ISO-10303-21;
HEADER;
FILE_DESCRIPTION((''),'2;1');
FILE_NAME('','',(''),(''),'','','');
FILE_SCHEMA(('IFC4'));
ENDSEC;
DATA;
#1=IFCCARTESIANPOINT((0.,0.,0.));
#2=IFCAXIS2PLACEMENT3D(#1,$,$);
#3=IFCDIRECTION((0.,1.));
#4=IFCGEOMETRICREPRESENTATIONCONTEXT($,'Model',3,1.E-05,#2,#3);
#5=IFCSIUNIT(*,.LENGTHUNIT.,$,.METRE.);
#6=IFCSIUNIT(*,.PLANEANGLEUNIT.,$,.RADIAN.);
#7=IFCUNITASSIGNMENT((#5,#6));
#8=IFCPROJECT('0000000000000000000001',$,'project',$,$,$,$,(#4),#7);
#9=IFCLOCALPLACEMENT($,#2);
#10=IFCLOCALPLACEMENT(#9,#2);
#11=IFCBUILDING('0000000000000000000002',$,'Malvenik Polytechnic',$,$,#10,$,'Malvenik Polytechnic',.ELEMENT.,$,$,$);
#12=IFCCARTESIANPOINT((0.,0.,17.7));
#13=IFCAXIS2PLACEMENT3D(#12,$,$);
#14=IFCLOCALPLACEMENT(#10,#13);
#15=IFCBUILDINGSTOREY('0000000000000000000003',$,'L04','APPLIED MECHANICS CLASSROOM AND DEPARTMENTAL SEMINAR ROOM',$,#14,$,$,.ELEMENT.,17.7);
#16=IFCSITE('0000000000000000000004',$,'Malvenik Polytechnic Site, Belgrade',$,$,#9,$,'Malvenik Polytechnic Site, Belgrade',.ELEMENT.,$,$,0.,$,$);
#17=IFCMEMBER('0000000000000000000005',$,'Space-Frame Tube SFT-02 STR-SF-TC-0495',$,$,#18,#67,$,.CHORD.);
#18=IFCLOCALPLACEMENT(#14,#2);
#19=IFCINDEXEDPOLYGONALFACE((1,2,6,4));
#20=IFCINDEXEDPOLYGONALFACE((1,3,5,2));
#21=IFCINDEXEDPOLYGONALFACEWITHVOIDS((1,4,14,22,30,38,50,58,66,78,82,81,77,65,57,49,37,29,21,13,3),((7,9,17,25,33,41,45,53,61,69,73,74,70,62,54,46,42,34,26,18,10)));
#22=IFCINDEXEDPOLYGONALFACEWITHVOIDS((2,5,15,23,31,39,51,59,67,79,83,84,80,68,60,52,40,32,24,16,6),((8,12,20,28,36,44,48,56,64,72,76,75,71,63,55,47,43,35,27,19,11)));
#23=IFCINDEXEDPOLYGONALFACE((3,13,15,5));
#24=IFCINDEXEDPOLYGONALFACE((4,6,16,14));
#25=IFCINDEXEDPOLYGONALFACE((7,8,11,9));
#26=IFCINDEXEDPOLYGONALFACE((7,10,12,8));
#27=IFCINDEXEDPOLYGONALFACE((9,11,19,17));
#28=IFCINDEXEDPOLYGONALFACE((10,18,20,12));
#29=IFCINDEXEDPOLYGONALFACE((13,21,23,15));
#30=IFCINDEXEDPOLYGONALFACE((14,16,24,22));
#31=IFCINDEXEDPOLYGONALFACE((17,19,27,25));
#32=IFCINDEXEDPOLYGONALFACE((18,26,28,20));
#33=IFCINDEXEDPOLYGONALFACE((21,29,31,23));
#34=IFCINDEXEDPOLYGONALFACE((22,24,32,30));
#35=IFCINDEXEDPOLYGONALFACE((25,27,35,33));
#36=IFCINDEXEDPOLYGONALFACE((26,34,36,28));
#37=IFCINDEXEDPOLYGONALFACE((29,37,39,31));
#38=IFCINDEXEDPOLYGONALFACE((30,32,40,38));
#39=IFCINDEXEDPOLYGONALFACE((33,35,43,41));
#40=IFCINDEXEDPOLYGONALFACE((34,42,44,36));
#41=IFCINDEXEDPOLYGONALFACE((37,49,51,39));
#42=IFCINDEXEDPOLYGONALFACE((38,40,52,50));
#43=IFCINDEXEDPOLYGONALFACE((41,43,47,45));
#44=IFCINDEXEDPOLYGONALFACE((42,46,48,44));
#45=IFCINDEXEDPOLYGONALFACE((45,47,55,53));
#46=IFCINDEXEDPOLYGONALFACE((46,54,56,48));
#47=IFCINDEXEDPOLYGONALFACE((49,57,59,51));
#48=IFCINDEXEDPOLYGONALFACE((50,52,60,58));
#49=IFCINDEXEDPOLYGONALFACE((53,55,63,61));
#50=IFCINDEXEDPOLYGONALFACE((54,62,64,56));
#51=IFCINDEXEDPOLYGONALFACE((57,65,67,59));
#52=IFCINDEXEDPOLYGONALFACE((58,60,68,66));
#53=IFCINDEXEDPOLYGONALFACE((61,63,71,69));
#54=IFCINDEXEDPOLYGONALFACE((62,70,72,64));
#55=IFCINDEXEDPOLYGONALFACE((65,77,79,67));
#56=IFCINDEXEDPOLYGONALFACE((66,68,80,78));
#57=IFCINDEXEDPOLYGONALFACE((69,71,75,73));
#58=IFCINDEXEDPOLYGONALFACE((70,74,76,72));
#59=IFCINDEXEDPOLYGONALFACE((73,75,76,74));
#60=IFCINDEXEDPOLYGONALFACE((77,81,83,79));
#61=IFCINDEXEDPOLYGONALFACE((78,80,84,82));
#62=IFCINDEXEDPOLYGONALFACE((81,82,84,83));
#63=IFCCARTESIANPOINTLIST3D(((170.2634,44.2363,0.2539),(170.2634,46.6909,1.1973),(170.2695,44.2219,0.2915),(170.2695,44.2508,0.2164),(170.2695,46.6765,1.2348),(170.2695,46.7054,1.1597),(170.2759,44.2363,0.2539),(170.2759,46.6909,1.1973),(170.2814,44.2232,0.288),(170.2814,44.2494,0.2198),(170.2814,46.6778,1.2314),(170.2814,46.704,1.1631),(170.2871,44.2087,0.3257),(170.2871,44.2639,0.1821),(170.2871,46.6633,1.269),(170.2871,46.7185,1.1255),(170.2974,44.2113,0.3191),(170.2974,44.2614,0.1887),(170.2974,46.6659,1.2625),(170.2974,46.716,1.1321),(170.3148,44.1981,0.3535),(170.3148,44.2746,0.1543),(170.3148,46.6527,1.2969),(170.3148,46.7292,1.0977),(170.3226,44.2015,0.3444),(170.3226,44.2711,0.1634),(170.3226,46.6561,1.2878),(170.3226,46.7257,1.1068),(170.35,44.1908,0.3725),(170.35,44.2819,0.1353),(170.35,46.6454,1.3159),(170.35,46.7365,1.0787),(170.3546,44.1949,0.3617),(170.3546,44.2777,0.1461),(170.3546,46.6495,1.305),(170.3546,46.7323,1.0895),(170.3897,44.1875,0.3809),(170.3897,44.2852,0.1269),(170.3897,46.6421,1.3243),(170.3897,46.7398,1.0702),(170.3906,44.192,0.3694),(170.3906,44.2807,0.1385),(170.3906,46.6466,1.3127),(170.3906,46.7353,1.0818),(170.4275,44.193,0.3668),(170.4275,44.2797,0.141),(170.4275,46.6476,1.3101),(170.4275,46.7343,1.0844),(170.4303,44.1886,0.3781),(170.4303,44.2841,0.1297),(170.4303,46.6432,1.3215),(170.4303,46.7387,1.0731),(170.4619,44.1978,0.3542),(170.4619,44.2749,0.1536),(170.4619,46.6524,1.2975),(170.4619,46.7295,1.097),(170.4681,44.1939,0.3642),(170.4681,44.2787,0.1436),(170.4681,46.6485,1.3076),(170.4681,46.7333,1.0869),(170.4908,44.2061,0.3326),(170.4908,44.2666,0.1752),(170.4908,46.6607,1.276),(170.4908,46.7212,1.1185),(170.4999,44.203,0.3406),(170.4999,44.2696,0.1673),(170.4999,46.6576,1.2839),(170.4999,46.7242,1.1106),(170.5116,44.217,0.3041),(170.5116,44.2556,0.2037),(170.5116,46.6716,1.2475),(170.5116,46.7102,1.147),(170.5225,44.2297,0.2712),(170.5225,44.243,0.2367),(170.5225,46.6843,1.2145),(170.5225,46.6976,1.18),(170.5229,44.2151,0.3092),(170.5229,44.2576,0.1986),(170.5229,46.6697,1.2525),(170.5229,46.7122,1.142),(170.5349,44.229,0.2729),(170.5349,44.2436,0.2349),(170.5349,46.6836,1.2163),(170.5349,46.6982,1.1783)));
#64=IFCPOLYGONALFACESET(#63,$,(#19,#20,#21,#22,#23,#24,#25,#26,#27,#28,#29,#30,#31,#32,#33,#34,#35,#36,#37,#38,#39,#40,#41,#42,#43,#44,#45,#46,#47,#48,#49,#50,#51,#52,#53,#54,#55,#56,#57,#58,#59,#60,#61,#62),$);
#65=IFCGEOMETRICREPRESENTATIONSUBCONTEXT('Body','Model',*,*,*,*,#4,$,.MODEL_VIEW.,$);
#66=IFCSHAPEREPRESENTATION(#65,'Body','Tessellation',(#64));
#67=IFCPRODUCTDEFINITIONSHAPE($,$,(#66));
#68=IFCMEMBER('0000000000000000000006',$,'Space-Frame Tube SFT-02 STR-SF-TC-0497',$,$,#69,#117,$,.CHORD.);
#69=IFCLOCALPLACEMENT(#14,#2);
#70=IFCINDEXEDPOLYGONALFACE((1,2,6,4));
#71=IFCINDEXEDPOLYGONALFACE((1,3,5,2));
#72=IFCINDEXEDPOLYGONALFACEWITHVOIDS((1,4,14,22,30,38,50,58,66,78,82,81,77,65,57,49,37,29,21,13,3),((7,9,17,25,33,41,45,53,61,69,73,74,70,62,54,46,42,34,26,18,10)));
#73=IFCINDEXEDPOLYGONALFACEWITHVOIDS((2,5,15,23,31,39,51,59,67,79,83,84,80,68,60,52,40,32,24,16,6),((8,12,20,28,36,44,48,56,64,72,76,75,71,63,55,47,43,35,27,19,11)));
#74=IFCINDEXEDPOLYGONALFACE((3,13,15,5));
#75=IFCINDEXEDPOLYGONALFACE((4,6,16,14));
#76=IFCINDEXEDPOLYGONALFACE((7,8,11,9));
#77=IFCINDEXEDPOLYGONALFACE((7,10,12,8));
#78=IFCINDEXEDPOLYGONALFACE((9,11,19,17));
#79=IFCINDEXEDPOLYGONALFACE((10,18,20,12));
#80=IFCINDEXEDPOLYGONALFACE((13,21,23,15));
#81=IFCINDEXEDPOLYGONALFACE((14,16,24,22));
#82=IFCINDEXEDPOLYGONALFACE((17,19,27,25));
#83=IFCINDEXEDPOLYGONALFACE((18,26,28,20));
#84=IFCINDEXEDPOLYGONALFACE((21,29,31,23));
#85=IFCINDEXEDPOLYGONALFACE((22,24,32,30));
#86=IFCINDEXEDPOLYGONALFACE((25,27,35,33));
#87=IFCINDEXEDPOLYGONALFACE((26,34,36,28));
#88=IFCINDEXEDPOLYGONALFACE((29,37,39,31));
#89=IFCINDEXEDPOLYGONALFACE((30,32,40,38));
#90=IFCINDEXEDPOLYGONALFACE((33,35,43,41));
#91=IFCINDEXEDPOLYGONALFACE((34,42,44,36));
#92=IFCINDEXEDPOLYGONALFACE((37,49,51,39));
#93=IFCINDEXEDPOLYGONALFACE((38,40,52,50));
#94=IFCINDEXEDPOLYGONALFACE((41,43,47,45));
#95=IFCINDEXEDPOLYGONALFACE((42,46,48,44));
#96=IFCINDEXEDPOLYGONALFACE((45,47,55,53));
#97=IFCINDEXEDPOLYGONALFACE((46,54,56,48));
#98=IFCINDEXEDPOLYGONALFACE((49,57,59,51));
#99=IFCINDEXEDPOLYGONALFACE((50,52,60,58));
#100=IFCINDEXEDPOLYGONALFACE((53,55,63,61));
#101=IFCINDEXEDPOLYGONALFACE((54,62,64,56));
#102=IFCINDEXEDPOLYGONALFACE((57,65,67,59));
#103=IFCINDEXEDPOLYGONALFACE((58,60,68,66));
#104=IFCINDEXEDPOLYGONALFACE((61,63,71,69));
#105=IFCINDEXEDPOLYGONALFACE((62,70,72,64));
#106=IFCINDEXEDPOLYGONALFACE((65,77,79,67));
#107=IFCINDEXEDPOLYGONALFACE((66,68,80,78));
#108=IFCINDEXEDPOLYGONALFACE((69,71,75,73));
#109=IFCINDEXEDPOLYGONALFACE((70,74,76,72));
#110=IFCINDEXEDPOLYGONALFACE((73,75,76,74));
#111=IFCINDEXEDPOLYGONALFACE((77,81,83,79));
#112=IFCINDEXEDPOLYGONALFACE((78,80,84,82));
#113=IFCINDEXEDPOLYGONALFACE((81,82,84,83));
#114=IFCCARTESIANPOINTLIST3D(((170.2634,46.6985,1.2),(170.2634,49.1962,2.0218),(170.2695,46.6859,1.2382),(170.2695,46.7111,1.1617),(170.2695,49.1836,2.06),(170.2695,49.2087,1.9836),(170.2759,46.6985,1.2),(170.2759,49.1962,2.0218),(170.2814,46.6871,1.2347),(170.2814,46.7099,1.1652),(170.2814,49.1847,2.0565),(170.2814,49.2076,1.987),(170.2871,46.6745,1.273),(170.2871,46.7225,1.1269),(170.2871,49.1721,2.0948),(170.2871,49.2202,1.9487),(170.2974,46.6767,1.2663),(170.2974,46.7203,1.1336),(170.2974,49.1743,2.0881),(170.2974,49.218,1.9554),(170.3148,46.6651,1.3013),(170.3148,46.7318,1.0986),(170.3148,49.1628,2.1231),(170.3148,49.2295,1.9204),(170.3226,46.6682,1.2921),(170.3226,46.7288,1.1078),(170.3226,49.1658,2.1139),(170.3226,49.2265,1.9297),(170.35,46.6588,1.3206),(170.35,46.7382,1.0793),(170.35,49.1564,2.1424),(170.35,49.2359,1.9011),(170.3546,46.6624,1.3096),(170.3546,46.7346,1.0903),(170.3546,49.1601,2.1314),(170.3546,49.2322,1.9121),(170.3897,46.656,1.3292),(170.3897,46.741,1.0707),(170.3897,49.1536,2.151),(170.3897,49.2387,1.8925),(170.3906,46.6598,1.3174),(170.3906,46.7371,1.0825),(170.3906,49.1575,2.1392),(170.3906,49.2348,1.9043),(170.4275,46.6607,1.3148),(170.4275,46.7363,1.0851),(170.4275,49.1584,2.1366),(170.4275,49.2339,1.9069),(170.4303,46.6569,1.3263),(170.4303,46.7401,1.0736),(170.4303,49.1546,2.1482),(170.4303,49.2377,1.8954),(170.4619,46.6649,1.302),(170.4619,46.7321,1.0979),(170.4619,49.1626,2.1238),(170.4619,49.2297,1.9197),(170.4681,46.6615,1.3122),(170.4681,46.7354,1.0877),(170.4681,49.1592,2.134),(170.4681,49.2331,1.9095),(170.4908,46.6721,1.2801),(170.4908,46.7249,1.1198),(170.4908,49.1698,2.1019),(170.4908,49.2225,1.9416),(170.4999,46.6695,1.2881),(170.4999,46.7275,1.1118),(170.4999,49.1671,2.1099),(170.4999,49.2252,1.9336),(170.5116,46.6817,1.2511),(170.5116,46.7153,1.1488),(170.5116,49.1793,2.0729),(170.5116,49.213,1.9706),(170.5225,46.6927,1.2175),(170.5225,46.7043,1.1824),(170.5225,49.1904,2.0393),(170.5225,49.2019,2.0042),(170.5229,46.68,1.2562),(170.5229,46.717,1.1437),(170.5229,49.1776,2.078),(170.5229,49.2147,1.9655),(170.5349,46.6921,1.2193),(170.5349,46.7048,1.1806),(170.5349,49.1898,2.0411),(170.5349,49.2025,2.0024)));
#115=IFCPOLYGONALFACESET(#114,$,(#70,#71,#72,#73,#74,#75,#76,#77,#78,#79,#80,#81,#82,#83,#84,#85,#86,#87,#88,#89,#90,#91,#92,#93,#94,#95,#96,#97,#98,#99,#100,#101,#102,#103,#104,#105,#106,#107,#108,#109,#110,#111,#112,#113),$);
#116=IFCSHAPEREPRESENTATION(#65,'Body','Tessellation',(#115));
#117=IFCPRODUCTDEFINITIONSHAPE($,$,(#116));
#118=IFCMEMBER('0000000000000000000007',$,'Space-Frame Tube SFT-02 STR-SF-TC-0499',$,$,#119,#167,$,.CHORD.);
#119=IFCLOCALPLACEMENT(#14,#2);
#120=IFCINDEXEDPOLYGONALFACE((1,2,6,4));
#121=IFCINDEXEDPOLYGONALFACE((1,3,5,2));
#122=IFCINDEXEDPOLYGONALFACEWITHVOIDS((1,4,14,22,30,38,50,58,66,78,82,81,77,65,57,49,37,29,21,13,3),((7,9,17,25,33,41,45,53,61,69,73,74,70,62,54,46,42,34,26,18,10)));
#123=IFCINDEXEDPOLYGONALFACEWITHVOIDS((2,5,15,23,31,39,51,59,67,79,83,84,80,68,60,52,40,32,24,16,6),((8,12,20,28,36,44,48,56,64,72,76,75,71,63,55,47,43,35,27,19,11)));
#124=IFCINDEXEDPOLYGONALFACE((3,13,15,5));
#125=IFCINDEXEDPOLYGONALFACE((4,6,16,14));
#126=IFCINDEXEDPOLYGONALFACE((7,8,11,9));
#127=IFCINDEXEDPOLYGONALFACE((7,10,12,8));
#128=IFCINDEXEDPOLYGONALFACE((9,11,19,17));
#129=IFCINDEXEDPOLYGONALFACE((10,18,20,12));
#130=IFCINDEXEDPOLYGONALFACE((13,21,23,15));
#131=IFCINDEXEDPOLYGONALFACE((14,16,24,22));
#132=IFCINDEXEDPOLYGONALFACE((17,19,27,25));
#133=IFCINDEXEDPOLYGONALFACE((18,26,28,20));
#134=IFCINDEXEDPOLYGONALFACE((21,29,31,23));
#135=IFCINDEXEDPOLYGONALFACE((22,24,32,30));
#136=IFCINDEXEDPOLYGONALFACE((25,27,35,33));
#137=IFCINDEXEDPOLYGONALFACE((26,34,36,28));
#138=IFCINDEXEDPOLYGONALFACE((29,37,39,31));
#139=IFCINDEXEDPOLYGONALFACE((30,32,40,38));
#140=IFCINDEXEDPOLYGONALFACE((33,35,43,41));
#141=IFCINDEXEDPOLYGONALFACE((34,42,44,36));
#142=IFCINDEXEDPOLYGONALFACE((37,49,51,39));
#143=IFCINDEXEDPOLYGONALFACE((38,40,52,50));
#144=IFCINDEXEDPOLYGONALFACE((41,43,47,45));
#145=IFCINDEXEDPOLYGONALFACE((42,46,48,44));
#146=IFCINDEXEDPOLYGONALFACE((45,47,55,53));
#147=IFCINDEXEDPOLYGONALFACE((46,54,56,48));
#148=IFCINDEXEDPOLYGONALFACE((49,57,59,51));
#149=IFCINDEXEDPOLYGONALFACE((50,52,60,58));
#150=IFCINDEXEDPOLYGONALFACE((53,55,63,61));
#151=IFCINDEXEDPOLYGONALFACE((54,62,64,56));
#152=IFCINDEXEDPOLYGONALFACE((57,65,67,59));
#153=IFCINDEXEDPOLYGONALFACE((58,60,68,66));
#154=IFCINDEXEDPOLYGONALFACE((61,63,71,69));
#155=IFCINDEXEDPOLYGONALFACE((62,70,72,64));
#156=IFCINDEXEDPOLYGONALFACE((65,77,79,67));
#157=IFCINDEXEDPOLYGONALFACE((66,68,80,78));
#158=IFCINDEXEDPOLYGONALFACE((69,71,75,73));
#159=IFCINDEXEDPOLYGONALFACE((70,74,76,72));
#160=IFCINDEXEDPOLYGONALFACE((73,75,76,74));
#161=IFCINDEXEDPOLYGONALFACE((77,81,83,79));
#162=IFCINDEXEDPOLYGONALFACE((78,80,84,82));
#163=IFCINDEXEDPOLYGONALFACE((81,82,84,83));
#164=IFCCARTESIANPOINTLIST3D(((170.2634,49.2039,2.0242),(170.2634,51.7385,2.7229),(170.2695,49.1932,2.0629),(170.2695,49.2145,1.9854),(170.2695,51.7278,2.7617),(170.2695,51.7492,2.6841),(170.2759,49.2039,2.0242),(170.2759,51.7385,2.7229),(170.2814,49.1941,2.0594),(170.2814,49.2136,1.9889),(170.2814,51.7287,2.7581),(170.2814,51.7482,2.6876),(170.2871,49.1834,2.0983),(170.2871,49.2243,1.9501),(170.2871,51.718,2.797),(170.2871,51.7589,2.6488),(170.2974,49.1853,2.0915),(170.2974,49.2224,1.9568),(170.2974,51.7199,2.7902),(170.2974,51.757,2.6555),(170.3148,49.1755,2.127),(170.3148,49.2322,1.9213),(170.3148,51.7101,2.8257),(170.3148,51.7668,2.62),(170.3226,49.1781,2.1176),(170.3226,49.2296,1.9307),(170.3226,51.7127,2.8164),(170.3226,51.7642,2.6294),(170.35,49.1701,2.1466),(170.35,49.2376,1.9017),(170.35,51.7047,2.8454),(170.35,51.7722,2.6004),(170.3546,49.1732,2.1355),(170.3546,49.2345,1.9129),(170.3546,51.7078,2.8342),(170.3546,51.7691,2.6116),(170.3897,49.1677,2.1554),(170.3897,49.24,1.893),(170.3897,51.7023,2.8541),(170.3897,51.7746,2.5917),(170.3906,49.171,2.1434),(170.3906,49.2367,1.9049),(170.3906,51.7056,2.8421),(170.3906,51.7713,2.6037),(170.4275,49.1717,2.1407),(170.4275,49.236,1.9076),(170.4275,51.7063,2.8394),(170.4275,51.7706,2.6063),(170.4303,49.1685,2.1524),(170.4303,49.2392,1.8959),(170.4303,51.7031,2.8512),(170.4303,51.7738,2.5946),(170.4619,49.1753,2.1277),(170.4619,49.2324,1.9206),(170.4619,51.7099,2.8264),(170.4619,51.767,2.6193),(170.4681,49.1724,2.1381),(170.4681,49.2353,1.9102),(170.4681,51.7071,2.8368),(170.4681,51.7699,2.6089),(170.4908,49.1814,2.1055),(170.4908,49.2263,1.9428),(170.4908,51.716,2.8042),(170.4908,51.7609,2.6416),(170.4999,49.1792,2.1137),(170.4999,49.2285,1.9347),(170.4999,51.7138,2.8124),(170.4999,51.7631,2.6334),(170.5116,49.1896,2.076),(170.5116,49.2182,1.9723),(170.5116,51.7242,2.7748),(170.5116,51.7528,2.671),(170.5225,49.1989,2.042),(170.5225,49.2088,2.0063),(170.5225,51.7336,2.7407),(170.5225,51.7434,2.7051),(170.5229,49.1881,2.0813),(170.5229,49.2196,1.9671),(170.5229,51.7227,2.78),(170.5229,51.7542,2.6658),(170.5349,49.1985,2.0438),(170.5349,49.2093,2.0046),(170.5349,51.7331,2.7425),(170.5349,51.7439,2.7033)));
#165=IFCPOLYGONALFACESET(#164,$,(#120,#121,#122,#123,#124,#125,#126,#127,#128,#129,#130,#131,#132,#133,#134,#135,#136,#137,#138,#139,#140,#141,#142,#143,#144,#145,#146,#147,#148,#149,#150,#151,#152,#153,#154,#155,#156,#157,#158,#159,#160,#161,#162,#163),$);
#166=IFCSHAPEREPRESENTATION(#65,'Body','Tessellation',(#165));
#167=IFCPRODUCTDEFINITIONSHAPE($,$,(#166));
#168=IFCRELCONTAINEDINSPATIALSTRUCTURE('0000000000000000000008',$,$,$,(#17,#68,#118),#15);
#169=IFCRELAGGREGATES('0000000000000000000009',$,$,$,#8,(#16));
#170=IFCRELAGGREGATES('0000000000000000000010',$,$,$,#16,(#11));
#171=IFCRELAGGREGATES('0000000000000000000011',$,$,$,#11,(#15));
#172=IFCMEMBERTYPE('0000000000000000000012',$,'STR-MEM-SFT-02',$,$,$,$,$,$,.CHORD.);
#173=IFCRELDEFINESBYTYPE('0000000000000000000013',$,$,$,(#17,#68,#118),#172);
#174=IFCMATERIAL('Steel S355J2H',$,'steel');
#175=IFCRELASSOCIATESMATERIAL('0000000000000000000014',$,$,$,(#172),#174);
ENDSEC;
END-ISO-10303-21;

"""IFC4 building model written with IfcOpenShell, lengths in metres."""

from ifc_helpers import new_model, si_unit, direction, frame, origin, origin_2d, place, context, subcontext, project, spatial, hollow_circle, extrude, material, material_profile, profile_set, type_object, element, save


model = new_model("IFC4")

# Units and contexts
model_context = context("Model", 3, precision=1e-05, world=origin(), true_north=direction((0.0, 1.0)))
body_context = subcontext(model_context, "Body", "Model", "MODEL_VIEW")
ifc_project = project(units=[si_unit("LENGTHUNIT", "METRE"), si_unit("PLANEANGLEUNIT", "RADIAN")], contexts=[model_context])

# Site, building, storey
site_placement = place(None, origin())
site = spatial("IfcSite", under=ifc_project, at=site_placement, Name="Malvenik Polytechnic Site, Belgrade", LongName="Malvenik Polytechnic Site, Belgrade", CompositionType="ELEMENT", RefElevation=0.0)
building_placement = place(site_placement, origin())
building = spatial("IfcBuilding", under=site, at=building_placement, Name="Malvenik Polytechnic", LongName="Malvenik Polytechnic", CompositionType="ELEMENT")
storey_placement = place(building_placement, frame((0.0, 0.0, 17.7)))
storey = spatial("IfcBuildingStorey", under=building, at=storey_placement, Name="L04", Description="APPLIED MECHANICS CLASSROOM AND DEPARTMENTAL SEMINAR ROOM", CompositionType="ELEMENT", Elevation=17.7)

# Members
ifc_material = material(Name="Steel S355J2H", Category="steel")
ifc_material_profile_1 = material_profile(ifc_material, hollow_circle(Radius=0.1365, WallThickness=0.0125, at=origin_2d()), Name="CHS 273.0x12.5")
ifc_profile_set_1 = profile_set([ifc_material_profile_1], Name="Steel S355J2H")
member_type_1 = type_object("IfcMemberType", Name="STR-MEM-SFT-02", PredefinedType="CHORD", material=ifc_profile_set_1)
member_1_placement = place(storey_placement, frame((170.3999, 44.2363, 0.2539), z_axis=(0.0, 0.933437, 0.358743), x_axis=(-1.0, 0.0, 0.0)))
element("IfcMember", 1, at=member_1_placement, inside=storey, type_object=member_type_1, Name="Space-Frame Tube SFT-02 STR-SF-TC-0495", PredefinedType="CHORD", context=body_context, shape_type="SweptSolid", body=[
    extrude(hollow_circle(Radius=0.1365, WallThickness=0.0125, at=origin_2d()), origin(), (0.0, 0.0, 1.0), 2.6296),
])
member_2_placement = place(storey_placement, frame((170.3999, 46.6985, 1.2), z_axis=(0.0, 0.949902, 0.312548), x_axis=(-1.0, 0.0, 0.0)))
element("IfcMember", 2, at=member_2_placement, inside=storey, type_object=member_type_1, Name="Space-Frame Tube SFT-02 STR-SF-TC-0497", PredefinedType="CHORD", context=body_context, shape_type="SweptSolid", body=[
    extrude(hollow_circle(Radius=0.1365, WallThickness=0.0125, at=origin_2d()), origin(), (0.0, 0.0, 1.0), 2.6294),
])
member_3_placement = place(storey_placement, frame((170.3999, 49.2039, 2.0242), z_axis=(0.0, 0.96404, 0.265756), x_axis=(-1.0, 0.0, 0.0)))
element("IfcMember", 3, at=member_3_placement, inside=storey, type_object=member_type_1, Name="Space-Frame Tube SFT-02 STR-SF-TC-0499", PredefinedType="CHORD", context=body_context, shape_type="SweptSolid", body=[
    extrude(hollow_circle(Radius=0.1365, WallThickness=0.0125, at=origin_2d()), origin(), (0.0, 0.0, 1.0), 2.6292),
])

save(model, "model.ifc")
